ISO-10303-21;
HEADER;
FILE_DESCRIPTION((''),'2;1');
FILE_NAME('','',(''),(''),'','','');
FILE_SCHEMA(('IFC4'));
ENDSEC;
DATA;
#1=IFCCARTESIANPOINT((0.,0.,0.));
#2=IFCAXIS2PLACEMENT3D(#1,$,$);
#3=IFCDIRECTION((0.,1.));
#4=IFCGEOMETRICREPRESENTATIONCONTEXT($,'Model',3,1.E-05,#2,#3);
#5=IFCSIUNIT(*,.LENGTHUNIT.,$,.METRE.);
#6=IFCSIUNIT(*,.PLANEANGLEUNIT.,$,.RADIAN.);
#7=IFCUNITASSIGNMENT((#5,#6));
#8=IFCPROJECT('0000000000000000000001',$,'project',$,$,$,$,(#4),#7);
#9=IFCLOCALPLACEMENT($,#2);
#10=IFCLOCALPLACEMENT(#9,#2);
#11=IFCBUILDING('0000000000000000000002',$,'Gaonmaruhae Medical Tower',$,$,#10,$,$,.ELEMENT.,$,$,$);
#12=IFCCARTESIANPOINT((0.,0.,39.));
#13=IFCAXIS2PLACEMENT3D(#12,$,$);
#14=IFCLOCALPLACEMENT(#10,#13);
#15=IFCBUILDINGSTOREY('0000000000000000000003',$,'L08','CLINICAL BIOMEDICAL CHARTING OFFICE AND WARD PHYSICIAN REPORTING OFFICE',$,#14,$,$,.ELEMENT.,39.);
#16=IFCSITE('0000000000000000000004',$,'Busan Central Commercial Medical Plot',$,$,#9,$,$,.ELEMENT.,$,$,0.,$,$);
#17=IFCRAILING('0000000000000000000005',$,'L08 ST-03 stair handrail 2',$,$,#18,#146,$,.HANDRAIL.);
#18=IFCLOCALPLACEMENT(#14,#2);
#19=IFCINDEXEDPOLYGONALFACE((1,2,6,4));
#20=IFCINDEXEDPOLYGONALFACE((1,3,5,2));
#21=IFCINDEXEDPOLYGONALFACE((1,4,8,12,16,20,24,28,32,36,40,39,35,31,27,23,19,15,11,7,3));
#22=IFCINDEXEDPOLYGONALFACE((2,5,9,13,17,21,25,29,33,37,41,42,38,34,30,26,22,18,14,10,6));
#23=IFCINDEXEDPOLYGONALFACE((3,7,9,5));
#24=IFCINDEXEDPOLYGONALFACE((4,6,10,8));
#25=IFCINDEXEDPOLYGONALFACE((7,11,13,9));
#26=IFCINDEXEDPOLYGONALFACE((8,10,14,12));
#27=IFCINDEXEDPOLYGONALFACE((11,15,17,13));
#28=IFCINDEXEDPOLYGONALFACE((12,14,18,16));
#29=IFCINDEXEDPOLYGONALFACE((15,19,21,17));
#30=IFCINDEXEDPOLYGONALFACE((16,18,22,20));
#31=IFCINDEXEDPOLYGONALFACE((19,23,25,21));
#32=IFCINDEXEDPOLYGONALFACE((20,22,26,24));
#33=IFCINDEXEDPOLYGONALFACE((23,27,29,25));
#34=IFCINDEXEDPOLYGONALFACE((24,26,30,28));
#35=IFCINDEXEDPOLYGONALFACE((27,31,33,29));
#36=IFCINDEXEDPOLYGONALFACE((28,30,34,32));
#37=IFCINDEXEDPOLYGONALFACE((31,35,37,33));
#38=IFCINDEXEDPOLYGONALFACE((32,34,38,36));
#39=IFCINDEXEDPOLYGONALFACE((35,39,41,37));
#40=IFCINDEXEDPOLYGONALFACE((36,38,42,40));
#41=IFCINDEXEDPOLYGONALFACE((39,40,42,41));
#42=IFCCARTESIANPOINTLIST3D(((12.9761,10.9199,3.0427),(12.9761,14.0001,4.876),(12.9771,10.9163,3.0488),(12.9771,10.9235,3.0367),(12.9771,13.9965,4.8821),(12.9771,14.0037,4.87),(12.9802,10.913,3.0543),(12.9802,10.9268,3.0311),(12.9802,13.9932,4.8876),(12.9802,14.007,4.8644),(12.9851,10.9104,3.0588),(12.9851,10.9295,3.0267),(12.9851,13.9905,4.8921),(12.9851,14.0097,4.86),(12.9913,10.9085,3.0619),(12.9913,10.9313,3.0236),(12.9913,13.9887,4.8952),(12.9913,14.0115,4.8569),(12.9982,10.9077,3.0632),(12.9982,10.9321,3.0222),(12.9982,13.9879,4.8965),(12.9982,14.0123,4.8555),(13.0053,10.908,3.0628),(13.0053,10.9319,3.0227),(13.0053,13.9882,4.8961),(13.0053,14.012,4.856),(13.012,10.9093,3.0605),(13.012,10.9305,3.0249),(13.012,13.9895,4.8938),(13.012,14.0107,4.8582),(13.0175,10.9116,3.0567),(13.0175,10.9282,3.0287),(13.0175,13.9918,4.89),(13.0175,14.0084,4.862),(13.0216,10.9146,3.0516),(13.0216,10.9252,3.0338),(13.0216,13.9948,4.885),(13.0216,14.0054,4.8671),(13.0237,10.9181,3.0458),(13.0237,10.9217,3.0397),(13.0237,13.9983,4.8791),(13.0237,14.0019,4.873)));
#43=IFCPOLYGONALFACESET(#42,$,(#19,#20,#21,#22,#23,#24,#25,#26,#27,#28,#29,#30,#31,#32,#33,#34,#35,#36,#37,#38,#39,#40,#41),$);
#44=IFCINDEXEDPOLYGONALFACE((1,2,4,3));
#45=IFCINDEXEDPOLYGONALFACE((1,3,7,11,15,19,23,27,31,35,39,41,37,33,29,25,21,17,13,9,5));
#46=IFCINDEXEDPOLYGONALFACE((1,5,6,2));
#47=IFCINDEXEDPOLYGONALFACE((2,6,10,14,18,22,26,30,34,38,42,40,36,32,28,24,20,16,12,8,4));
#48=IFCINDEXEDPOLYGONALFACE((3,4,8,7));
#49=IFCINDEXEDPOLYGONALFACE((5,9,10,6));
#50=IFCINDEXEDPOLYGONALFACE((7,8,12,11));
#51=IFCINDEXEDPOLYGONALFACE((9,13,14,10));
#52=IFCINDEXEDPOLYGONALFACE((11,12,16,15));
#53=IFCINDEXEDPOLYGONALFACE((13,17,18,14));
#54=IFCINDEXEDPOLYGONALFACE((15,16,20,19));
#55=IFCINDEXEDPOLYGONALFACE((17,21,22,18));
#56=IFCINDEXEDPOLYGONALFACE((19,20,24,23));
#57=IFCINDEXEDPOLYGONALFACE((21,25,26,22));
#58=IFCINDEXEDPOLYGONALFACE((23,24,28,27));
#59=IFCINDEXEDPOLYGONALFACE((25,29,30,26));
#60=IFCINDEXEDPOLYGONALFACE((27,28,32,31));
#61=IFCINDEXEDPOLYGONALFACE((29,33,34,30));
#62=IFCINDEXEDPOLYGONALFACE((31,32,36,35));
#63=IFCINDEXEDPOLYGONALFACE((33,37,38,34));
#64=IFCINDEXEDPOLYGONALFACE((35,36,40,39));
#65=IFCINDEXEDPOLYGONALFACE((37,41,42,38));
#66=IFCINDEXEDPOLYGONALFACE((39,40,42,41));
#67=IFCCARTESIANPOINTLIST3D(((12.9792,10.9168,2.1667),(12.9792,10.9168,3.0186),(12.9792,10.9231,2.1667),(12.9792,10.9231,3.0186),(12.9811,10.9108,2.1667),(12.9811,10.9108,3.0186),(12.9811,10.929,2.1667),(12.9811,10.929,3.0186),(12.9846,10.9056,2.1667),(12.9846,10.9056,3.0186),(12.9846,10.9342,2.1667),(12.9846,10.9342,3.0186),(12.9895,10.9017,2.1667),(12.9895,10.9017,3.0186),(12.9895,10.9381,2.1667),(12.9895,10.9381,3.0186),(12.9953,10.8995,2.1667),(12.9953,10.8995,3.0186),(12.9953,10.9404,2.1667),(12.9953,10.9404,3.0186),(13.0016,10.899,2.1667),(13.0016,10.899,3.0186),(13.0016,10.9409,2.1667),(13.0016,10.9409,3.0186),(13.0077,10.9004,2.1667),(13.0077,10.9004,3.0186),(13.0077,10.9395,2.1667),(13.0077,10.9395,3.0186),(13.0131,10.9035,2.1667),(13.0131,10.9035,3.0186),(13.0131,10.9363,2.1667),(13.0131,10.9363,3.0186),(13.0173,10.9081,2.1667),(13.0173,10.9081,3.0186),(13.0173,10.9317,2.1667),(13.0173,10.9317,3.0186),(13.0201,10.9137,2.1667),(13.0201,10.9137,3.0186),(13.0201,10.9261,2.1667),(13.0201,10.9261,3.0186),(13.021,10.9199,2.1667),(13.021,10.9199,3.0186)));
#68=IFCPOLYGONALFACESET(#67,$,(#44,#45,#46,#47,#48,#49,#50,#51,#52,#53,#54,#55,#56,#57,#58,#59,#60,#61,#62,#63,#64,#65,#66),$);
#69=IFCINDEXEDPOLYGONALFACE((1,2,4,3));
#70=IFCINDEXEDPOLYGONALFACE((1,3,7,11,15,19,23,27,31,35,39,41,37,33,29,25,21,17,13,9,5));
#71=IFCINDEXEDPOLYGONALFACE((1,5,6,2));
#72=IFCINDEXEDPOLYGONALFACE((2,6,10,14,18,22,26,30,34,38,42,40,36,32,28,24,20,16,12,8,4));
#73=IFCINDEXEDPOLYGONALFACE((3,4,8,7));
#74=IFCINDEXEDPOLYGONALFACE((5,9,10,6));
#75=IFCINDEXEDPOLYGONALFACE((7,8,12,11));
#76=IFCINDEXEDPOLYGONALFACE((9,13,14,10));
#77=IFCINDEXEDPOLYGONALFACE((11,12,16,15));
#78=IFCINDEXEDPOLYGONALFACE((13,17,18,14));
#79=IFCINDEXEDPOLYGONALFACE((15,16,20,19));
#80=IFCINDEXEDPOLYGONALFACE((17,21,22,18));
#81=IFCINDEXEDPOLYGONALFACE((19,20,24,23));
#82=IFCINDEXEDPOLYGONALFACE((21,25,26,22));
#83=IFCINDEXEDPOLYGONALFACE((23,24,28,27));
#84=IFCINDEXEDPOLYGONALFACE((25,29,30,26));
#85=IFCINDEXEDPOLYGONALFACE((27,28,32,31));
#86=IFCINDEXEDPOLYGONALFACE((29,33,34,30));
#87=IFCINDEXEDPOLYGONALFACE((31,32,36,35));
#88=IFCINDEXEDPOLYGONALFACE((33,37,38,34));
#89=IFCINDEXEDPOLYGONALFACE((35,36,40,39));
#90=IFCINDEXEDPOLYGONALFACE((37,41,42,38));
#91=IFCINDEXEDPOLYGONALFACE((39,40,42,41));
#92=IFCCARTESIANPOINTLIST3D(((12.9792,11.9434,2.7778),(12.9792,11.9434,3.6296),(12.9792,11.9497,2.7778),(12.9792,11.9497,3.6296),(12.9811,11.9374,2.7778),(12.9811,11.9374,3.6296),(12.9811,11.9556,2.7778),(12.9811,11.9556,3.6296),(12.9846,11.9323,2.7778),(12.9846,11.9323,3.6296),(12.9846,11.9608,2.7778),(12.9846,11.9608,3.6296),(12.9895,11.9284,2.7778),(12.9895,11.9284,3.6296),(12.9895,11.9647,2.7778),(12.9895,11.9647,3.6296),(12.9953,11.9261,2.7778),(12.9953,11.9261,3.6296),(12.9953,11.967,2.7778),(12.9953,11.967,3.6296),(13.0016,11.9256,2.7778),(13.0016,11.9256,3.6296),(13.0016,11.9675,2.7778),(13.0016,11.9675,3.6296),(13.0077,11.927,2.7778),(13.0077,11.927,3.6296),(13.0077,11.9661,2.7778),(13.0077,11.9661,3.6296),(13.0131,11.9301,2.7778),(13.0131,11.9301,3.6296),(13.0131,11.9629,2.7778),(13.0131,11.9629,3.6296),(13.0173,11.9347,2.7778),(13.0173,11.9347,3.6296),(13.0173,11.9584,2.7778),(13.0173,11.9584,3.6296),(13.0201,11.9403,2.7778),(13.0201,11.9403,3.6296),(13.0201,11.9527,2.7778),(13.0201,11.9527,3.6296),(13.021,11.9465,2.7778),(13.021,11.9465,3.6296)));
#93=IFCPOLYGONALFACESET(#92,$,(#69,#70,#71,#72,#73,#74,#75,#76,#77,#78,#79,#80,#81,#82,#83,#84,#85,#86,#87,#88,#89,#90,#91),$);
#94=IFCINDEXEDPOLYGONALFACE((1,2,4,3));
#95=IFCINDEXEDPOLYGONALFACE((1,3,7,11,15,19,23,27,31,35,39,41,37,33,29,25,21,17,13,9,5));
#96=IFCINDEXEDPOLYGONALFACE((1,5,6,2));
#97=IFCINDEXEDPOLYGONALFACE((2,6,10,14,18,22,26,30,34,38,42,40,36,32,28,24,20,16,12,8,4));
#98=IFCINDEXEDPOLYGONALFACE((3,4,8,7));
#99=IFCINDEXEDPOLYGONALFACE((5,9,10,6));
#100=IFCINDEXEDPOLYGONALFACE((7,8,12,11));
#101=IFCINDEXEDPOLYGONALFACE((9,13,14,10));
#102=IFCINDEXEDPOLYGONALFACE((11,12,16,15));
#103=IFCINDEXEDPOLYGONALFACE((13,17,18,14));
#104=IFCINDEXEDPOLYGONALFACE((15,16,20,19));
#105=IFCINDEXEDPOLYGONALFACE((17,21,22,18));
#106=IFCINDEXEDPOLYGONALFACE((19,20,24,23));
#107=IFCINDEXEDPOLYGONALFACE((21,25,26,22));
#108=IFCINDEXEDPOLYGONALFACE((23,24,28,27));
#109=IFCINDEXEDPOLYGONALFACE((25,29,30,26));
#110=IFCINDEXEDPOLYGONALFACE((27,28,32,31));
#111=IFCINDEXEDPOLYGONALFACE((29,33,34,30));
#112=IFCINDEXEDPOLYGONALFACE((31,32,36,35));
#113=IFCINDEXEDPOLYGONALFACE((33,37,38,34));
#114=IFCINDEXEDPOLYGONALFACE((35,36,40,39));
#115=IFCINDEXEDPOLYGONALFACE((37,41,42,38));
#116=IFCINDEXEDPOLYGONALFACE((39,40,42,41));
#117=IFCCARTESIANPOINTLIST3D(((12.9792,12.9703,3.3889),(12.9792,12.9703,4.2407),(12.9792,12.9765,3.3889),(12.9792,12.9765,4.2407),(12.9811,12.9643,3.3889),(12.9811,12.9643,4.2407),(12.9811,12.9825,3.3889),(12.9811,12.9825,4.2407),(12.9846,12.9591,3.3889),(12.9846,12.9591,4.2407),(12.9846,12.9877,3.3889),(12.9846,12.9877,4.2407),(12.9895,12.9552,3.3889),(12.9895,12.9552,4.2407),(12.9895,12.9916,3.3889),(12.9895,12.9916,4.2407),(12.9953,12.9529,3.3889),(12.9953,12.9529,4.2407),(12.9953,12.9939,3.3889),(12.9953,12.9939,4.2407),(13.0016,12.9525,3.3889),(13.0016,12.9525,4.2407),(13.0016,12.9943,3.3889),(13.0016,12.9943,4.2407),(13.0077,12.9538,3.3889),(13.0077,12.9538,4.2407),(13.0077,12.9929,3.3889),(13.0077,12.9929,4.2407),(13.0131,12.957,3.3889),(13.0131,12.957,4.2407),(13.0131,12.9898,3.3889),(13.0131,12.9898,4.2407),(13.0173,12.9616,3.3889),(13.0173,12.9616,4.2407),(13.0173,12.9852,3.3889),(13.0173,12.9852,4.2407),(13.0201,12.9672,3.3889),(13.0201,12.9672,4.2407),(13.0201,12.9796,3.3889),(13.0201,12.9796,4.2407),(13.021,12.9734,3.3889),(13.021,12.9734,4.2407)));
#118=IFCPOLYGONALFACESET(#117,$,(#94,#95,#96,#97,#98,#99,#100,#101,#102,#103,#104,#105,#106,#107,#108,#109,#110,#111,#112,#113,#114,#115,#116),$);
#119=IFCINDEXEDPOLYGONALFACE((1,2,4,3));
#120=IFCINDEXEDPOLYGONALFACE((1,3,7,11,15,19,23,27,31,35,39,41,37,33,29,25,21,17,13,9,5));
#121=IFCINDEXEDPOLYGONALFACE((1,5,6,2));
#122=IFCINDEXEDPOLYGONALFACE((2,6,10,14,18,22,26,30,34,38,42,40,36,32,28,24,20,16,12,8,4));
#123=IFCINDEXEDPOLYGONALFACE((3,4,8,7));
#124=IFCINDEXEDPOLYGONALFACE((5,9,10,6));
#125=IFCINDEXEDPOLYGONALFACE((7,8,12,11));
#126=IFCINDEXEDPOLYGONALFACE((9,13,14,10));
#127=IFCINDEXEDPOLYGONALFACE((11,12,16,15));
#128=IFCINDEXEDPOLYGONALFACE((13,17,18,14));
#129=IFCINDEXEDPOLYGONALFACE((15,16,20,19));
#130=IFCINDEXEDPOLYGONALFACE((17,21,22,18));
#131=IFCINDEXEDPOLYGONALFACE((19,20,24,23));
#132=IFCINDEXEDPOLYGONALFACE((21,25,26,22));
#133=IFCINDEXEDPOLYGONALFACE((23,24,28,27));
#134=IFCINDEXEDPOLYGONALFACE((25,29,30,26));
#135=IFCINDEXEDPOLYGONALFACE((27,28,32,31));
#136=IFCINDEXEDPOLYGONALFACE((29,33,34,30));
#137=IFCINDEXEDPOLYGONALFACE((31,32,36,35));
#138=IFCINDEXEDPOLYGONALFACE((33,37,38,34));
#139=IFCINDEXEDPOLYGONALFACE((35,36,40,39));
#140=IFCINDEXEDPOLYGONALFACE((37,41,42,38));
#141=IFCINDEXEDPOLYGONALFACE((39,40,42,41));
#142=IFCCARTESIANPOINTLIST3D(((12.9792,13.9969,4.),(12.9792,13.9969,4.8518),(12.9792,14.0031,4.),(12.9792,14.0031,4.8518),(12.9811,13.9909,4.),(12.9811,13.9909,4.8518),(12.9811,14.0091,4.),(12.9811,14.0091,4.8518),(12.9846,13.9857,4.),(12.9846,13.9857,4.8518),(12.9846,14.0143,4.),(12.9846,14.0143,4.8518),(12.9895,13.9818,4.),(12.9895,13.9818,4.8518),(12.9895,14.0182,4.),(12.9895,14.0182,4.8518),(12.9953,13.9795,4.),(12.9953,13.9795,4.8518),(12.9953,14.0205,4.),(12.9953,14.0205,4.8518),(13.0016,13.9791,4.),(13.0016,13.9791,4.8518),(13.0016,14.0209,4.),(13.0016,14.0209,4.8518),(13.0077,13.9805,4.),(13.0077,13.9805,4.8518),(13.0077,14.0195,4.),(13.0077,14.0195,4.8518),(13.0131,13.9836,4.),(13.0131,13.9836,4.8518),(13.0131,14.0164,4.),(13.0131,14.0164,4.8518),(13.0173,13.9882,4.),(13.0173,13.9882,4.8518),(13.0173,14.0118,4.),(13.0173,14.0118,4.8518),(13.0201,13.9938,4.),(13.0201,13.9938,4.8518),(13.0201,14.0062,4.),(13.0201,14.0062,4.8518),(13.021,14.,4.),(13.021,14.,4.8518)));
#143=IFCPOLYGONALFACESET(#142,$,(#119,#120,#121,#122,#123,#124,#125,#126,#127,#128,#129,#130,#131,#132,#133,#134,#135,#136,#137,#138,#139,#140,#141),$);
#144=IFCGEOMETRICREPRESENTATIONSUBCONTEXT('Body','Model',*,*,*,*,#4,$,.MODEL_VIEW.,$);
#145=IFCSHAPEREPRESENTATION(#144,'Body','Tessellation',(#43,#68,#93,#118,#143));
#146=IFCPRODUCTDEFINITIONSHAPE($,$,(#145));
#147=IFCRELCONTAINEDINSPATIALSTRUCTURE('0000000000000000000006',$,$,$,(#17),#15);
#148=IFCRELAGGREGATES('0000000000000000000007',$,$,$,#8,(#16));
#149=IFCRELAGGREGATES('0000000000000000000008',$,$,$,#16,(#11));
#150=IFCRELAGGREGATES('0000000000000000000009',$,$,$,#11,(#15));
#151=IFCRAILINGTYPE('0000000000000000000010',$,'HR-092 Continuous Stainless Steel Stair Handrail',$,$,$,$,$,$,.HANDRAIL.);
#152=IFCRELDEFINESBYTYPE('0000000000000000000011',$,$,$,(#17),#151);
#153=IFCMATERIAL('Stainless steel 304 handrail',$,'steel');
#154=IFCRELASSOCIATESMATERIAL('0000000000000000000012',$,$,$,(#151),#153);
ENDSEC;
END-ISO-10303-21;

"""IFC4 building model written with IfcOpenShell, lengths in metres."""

from ifc_helpers import new_model, si_unit, direction, frame, origin, origin_2d, place, context, subcontext, project, spatial, circle, extrude, material, type_object, element, save


model = new_model("IFC4")

# Units and contexts
model_context = context("Model", 3, precision=1e-05, world=origin(), true_north=direction((0.0, 1.0)))
body_context = subcontext(model_context, "Body", "Model", "MODEL_VIEW")
ifc_project = project(units=[si_unit("LENGTHUNIT", "METRE"), si_unit("PLANEANGLEUNIT", "RADIAN")], contexts=[model_context])

# Site, building, storey
site_placement = place(None, origin())
site = spatial("IfcSite", under=ifc_project, at=site_placement, Name="Busan Central Commercial Medical Plot", CompositionType="ELEMENT", RefElevation=0.0)
building_placement = place(site_placement, origin())
building = spatial("IfcBuilding", under=site, at=building_placement, Name="Gaonmaruhae Medical Tower", CompositionType="ELEMENT")
storey_placement = place(building_placement, frame((0.0, 0.0, 39.0)))
storey = spatial("IfcBuildingStorey", under=building, at=storey_placement, Name="L08", Description="CLINICAL BIOMEDICAL CHARTING OFFICE AND WARD PHYSICIAN REPORTING OFFICE", CompositionType="ELEMENT", Elevation=39.0)

# Railing
ifc_material_1 = material(Name="Stainless steel 304 handrail", Category="steel")
railing_type_1 = type_object("IfcRailingType", Name="HR-092 Continuous Stainless Steel Stair Handrail", PredefinedType="HANDRAIL", material=ifc_material_1)
railing_1_placement = place(storey_placement, frame((13.0, 10.9199, 2.1667)))
element("IfcRailing", 1, at=railing_1_placement, inside=storey, type_object=railing_type_1, Name="L08 ST-03 stair handrail 2", PredefinedType="HANDRAIL", context=body_context, shape_type="SweptSolid", body=[
    extrude(circle(Radius=0.0239, at=origin_2d()), frame((0.0, 0.0, 0.876), z_axis=(0.0, 0.859309, 0.511458), x_axis=(-1.0, 0.0, 0.0)), (0.0, 0.0, 1.0), 3.5845),
    extrude(circle(Radius=0.021, at=origin_2d()), origin(), (0.0, 0.0, 1.0), 0.8518),
    extrude(circle(Radius=0.021, at=origin_2d()), frame((0.0, 1.0266, 0.6111)), (0.0, 0.0, 1.0), 0.8518),
    extrude(circle(Radius=0.021, at=origin_2d()), frame((0.0, 2.0535, 1.2222)), (0.0, 0.0, 1.0), 0.8518),
    extrude(circle(Radius=0.021, at=origin_2d()), frame((0.0, 3.0801, 1.8333)), (0.0, 0.0, 1.0), 0.8518),
])

save(model, "model.ifc")
